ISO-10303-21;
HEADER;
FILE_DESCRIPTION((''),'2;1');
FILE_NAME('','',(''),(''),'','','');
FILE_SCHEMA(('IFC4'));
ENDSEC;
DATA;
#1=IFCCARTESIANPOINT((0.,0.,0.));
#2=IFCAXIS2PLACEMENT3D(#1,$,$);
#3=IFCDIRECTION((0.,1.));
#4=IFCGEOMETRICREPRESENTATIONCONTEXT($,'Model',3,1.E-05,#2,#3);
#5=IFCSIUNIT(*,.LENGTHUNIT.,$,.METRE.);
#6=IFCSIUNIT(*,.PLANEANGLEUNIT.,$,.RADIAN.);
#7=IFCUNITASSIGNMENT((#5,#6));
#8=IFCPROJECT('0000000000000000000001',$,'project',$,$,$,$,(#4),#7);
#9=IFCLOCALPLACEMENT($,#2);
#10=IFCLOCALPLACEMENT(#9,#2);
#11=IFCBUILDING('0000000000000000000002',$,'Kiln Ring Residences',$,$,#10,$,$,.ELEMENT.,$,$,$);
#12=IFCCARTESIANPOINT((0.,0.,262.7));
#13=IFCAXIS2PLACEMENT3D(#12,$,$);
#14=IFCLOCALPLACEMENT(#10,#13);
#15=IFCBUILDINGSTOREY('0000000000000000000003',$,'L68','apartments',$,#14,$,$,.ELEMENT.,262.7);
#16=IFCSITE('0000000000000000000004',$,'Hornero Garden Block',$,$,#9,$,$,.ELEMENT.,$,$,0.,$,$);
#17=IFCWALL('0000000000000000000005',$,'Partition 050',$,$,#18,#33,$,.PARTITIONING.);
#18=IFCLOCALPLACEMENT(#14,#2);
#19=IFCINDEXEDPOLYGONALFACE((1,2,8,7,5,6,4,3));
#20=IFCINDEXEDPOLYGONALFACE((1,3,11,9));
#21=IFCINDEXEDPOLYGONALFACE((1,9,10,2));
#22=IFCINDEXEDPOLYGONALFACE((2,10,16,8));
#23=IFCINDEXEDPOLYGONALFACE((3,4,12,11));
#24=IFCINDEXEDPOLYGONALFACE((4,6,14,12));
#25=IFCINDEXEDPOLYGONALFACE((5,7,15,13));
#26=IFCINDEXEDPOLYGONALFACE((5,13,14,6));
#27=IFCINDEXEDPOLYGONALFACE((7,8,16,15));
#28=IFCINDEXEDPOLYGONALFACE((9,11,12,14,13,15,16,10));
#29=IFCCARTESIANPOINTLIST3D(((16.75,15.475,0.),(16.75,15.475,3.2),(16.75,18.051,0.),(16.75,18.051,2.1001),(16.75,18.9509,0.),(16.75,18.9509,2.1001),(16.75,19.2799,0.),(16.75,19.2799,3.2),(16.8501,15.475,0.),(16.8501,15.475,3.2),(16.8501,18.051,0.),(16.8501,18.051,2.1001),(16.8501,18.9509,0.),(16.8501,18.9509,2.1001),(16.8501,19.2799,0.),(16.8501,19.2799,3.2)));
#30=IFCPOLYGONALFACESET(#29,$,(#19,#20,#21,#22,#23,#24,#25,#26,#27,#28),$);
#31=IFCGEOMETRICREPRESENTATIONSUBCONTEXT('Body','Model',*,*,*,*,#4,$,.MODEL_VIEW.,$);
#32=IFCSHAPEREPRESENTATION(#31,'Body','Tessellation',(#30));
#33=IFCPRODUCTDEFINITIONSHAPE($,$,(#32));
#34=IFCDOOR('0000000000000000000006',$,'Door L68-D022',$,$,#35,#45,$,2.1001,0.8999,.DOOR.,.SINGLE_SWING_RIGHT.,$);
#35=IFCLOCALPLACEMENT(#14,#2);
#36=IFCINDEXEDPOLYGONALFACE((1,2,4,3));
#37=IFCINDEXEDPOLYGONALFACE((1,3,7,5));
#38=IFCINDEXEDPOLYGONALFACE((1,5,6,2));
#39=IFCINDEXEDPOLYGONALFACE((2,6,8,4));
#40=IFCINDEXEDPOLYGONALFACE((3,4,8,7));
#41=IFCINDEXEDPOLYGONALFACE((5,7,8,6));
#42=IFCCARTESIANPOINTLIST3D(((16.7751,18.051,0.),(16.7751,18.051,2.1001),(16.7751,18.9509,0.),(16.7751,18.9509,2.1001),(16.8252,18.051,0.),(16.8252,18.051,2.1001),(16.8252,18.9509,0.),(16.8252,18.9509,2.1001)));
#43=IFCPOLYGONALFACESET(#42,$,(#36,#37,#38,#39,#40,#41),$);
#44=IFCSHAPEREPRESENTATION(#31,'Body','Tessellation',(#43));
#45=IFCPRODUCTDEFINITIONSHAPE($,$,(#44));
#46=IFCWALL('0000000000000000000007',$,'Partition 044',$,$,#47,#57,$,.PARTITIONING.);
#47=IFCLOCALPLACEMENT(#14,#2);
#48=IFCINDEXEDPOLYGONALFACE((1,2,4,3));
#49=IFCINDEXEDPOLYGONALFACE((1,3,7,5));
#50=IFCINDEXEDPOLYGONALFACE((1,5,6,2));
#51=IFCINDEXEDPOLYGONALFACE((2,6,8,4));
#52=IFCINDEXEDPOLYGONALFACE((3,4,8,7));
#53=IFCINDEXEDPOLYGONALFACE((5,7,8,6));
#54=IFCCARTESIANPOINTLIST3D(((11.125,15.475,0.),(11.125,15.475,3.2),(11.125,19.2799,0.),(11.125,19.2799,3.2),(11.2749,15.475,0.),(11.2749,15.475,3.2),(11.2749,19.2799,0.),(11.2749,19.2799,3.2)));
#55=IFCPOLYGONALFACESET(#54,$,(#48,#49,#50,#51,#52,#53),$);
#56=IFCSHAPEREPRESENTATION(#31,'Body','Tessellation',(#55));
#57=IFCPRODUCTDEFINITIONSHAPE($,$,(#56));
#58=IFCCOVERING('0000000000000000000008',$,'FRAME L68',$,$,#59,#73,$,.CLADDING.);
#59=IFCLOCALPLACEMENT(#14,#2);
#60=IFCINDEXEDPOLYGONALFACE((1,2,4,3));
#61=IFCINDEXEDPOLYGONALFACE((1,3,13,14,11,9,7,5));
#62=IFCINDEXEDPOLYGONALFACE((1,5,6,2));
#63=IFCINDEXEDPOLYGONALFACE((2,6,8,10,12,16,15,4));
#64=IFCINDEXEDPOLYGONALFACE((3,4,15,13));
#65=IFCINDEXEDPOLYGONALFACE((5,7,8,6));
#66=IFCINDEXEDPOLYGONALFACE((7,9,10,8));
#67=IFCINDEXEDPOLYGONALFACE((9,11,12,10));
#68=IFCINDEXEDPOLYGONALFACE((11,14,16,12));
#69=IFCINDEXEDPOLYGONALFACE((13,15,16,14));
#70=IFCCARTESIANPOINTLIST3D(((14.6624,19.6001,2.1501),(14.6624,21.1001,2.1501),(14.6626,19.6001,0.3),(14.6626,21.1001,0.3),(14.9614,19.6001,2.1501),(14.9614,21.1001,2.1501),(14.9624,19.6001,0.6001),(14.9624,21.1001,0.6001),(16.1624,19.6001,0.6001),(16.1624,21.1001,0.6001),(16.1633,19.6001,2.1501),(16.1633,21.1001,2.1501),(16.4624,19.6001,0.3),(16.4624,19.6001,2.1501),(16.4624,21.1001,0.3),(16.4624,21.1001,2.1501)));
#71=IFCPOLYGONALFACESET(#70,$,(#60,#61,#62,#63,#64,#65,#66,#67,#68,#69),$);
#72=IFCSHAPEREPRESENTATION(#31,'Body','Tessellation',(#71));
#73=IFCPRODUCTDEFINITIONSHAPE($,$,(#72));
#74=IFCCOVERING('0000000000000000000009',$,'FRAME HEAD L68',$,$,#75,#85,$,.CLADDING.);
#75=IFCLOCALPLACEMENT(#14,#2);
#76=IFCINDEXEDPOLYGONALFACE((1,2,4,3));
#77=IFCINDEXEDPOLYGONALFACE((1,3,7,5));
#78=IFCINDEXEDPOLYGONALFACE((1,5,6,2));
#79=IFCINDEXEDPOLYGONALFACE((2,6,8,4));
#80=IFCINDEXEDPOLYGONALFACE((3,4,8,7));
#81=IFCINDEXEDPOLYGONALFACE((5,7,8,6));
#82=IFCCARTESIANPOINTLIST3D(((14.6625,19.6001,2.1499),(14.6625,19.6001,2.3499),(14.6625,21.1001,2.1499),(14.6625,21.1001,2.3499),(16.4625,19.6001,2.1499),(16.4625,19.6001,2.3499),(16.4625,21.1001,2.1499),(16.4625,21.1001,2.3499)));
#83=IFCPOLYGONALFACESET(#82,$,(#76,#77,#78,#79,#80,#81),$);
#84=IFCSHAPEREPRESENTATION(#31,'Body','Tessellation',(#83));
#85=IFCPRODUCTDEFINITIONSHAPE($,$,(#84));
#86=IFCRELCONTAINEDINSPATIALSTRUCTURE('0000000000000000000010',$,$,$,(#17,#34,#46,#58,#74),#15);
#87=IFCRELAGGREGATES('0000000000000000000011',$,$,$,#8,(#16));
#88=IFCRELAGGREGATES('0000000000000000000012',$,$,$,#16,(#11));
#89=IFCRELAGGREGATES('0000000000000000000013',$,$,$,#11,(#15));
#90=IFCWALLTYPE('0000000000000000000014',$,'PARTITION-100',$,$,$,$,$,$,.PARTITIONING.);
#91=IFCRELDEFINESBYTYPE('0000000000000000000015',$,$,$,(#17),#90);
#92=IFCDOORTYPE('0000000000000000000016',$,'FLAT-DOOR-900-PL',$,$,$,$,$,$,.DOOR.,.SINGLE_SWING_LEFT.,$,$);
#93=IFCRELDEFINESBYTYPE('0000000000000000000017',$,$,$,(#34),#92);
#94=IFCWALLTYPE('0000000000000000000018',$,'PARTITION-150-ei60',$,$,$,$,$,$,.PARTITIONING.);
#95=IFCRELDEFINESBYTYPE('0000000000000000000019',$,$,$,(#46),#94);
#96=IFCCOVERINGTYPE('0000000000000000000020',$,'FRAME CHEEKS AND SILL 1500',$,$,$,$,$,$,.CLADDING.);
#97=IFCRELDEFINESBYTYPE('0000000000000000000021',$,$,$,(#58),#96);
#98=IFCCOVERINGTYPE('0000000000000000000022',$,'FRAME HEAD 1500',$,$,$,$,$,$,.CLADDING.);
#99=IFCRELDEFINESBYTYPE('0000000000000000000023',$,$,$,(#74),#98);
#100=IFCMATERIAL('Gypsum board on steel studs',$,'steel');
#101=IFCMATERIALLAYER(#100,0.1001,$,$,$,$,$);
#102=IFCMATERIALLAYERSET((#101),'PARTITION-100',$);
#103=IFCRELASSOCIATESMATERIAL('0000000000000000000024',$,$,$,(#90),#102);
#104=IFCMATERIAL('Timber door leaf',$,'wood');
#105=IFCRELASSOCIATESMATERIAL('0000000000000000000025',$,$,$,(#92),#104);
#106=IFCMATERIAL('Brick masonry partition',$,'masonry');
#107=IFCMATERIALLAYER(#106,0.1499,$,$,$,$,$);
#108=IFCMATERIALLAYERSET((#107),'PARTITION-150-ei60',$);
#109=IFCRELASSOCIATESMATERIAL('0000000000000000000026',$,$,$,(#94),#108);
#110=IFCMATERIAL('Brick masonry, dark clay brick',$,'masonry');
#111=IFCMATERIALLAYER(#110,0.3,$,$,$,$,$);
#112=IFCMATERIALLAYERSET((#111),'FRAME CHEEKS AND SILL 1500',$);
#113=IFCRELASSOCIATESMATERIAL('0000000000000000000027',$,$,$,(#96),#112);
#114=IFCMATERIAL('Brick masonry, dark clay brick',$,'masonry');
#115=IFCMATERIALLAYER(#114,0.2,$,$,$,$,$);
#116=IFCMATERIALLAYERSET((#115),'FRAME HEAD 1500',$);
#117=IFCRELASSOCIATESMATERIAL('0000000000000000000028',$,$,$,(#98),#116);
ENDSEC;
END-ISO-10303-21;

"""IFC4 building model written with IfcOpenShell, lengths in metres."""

from ifc_helpers import new_model, si_unit, direction, frame, frame_2d, origin, origin_2d, place, context, subcontext, project, spatial, polyline, rectangle, outline, extrude, material, layer, layer_set, type_object, element, fill, save


model = new_model("IFC4")

# Units and contexts
model_context = context("Model", 3, precision=1e-05, world=origin(), true_north=direction((0.0, 1.0)))
body_context = subcontext(model_context, "Body", "Model", "MODEL_VIEW")
ifc_project = project(units=[si_unit("LENGTHUNIT", "METRE"), si_unit("PLANEANGLEUNIT", "RADIAN")], contexts=[model_context])

# Site, building, storey
site_placement = place(None, origin())
site = spatial("IfcSite", under=ifc_project, at=site_placement, Name="Hornero Garden Block", CompositionType="ELEMENT", RefElevation=0.0)
building_placement = place(site_placement, origin())
building = spatial("IfcBuilding", under=site, at=building_placement, Name="Kiln Ring Residences", CompositionType="ELEMENT")
storey_placement = place(building_placement, frame((0.0, 0.0, 262.7)))
storey = spatial("IfcBuildingStorey", under=building, at=storey_placement, Name="L68", Description="apartments", CompositionType="ELEMENT", Elevation=262.7)

# Wall, opening, door
ifc_material_1 = material(Name="Gypsum board on steel studs", Category="steel")
ifc_layer_1 = layer(ifc_material_1, 0.1001)
ifc_layer_set_1 = layer_set([ifc_layer_1], Name="PARTITION-100")
wall_type_1 = type_object("IfcWallType", Name="PARTITION-100", PredefinedType="PARTITIONING", material=ifc_layer_set_1)
wall_1_placement = place(storey_placement, frame((16.8, 15.4751, 0.0), z_axis=(0.0, 0.0, 1.0), x_axis=(0.0, 1.0, 0.0)))
wall_1 = element("IfcWall", 1, at=wall_1_placement, inside=storey, type_object=wall_type_1, Name="Partition 050", PredefinedType="PARTITIONING", context=body_context, shape_type="SweptSolid", body=[
    extrude(rectangle(XDim=3.8049, YDim=0.1001, at=frame_2d((1.9023, 0.0))), origin(), (0.0, 0.0, 1.0), 3.2),
])
opening_1_placement = place(wall_1_placement, frame((2.5759, 0.0, 0.0)))
opening_1 = element("IfcOpeningElement", 2, at=opening_1_placement, cuts=wall_1, PredefinedType="OPENING", context=body_context, shape_type="SweptSolid", body=[
    extrude(rectangle(XDim=0.8999, YDim=2.1001, at=frame_2d((0.45, 1.05))), frame((0.0, 0.0601, 0.0), z_axis=(0.0, -1.0, 0.0), x_axis=(1.0, 0.0, 0.0)), (0.0, 0.0, 1.0), 0.1201),
])
ifc_material_2 = material(Name="Timber door leaf", Category="wood")
door_type_1 = type_object("IfcDoorType", Name="FLAT-DOOR-900-PL", OperationType="SINGLE_SWING_LEFT", PredefinedType="DOOR", material=ifc_material_2)
door_1_placement = place(opening_1_placement, origin())
door_1 = element("IfcDoor", 3, at=door_1_placement, inside=storey, type_object=door_type_1, Name="Door L68-D022", OperationType="SINGLE_SWING_RIGHT", OverallHeight=2.1001, OverallWidth=0.8999, PredefinedType="DOOR", context=body_context, shape_type="SweptSolid", body=[
    extrude(rectangle(XDim=0.8999, YDim=2.1001, at=frame_2d((0.45, 1.05))), frame((0.0, 0.0249, 0.0), z_axis=(0.0, -1.0, 0.0), x_axis=(1.0, 0.0, 0.0)), (0.0, 0.0, 1.0), 0.05),
])
fill(opening_1, door_1)

# Wall
ifc_material_3 = material(Name="Brick masonry partition", Category="masonry")
ifc_layer_2 = layer(ifc_material_3, 0.1499)
ifc_layer_set_2 = layer_set([ifc_layer_2], Name="PARTITION-150-ei60")
wall_type_2 = type_object("IfcWallType", Name="PARTITION-150-ei60", PredefinedType="PARTITIONING", material=ifc_layer_set_2)
wall_2_placement = place(storey_placement, frame((11.2, 15.4751, 0.0), z_axis=(0.0, 0.0, 1.0), x_axis=(0.0, 1.0, 0.0)))
element("IfcWall", 4, at=wall_2_placement, inside=storey, type_object=wall_type_2, Name="Partition 044", PredefinedType="PARTITIONING", context=body_context, shape_type="SweptSolid", body=[
    extrude(rectangle(XDim=3.8049, YDim=0.1499, at=frame_2d((1.9023, 0.0))), origin(), (0.0, 0.0, 1.0), 3.2),
])

# Coverings
ifc_material_4 = material(Name="Brick masonry, dark clay brick", Category="masonry")
ifc_layer_3 = layer(ifc_material_4, 0.3)
ifc_layer_set_3 = layer_set([ifc_layer_3], Name="FRAME CHEEKS AND SILL 1500")
covering_type_1 = type_object("IfcCoveringType", Name="FRAME CHEEKS AND SILL 1500", PredefinedType="CLADDING", material=ifc_layer_set_3)
covering_1_placement = place(storey_placement, frame((16.4624, 20.3501, 0.3), z_axis=(0.0, 0.0, 1.0), x_axis=(-1.0, 0.0, 0.0)))
element("IfcCovering", 5, at=covering_1_placement, inside=storey, type_object=covering_type_1, Name="FRAME L68", PredefinedType="CLADDING", context=body_context, shape_type="SweptSolid", body=[
    extrude(outline(polyline([(0.0, 0.0), (1.7998, 0.0), (1.8, 1.8501), (1.501, 1.8501), (1.5, 0.3), (0.3, 0.3), (0.2991, 1.8501), (0.0, 1.8501), (0.0, 0.0)])), frame((0.0, 0.75, 0.0), z_axis=(0.0, -1.0, 0.0), x_axis=(1.0, 0.0, 0.0)), (0.0, 0.0, 1.0), 1.5),
])
ifc_material_5 = material(Name="Brick masonry, dark clay brick", Category="masonry")
ifc_layer_4 = layer(ifc_material_5, 0.2)
ifc_layer_set_4 = layer_set([ifc_layer_4], Name="FRAME HEAD 1500")
covering_type_2 = type_object("IfcCoveringType", Name="FRAME HEAD 1500", PredefinedType="CLADDING", material=ifc_layer_set_4)
covering_2_placement = place(storey_placement, frame((15.5625, 20.3501, 2.1499), z_axis=(0.0, 0.0, 1.0), x_axis=(-1.0, 0.0, 0.0)))
element("IfcCovering", 6, at=covering_2_placement, inside=storey, type_object=covering_type_2, Name="FRAME HEAD L68", PredefinedType="CLADDING", context=body_context, shape_type="SweptSolid", body=[
    extrude(rectangle(XDim=1.8, YDim=1.5, at=origin_2d()), origin(), (0.0, 0.0, 1.0), 0.2),
])

save(model, "model.ifc")
